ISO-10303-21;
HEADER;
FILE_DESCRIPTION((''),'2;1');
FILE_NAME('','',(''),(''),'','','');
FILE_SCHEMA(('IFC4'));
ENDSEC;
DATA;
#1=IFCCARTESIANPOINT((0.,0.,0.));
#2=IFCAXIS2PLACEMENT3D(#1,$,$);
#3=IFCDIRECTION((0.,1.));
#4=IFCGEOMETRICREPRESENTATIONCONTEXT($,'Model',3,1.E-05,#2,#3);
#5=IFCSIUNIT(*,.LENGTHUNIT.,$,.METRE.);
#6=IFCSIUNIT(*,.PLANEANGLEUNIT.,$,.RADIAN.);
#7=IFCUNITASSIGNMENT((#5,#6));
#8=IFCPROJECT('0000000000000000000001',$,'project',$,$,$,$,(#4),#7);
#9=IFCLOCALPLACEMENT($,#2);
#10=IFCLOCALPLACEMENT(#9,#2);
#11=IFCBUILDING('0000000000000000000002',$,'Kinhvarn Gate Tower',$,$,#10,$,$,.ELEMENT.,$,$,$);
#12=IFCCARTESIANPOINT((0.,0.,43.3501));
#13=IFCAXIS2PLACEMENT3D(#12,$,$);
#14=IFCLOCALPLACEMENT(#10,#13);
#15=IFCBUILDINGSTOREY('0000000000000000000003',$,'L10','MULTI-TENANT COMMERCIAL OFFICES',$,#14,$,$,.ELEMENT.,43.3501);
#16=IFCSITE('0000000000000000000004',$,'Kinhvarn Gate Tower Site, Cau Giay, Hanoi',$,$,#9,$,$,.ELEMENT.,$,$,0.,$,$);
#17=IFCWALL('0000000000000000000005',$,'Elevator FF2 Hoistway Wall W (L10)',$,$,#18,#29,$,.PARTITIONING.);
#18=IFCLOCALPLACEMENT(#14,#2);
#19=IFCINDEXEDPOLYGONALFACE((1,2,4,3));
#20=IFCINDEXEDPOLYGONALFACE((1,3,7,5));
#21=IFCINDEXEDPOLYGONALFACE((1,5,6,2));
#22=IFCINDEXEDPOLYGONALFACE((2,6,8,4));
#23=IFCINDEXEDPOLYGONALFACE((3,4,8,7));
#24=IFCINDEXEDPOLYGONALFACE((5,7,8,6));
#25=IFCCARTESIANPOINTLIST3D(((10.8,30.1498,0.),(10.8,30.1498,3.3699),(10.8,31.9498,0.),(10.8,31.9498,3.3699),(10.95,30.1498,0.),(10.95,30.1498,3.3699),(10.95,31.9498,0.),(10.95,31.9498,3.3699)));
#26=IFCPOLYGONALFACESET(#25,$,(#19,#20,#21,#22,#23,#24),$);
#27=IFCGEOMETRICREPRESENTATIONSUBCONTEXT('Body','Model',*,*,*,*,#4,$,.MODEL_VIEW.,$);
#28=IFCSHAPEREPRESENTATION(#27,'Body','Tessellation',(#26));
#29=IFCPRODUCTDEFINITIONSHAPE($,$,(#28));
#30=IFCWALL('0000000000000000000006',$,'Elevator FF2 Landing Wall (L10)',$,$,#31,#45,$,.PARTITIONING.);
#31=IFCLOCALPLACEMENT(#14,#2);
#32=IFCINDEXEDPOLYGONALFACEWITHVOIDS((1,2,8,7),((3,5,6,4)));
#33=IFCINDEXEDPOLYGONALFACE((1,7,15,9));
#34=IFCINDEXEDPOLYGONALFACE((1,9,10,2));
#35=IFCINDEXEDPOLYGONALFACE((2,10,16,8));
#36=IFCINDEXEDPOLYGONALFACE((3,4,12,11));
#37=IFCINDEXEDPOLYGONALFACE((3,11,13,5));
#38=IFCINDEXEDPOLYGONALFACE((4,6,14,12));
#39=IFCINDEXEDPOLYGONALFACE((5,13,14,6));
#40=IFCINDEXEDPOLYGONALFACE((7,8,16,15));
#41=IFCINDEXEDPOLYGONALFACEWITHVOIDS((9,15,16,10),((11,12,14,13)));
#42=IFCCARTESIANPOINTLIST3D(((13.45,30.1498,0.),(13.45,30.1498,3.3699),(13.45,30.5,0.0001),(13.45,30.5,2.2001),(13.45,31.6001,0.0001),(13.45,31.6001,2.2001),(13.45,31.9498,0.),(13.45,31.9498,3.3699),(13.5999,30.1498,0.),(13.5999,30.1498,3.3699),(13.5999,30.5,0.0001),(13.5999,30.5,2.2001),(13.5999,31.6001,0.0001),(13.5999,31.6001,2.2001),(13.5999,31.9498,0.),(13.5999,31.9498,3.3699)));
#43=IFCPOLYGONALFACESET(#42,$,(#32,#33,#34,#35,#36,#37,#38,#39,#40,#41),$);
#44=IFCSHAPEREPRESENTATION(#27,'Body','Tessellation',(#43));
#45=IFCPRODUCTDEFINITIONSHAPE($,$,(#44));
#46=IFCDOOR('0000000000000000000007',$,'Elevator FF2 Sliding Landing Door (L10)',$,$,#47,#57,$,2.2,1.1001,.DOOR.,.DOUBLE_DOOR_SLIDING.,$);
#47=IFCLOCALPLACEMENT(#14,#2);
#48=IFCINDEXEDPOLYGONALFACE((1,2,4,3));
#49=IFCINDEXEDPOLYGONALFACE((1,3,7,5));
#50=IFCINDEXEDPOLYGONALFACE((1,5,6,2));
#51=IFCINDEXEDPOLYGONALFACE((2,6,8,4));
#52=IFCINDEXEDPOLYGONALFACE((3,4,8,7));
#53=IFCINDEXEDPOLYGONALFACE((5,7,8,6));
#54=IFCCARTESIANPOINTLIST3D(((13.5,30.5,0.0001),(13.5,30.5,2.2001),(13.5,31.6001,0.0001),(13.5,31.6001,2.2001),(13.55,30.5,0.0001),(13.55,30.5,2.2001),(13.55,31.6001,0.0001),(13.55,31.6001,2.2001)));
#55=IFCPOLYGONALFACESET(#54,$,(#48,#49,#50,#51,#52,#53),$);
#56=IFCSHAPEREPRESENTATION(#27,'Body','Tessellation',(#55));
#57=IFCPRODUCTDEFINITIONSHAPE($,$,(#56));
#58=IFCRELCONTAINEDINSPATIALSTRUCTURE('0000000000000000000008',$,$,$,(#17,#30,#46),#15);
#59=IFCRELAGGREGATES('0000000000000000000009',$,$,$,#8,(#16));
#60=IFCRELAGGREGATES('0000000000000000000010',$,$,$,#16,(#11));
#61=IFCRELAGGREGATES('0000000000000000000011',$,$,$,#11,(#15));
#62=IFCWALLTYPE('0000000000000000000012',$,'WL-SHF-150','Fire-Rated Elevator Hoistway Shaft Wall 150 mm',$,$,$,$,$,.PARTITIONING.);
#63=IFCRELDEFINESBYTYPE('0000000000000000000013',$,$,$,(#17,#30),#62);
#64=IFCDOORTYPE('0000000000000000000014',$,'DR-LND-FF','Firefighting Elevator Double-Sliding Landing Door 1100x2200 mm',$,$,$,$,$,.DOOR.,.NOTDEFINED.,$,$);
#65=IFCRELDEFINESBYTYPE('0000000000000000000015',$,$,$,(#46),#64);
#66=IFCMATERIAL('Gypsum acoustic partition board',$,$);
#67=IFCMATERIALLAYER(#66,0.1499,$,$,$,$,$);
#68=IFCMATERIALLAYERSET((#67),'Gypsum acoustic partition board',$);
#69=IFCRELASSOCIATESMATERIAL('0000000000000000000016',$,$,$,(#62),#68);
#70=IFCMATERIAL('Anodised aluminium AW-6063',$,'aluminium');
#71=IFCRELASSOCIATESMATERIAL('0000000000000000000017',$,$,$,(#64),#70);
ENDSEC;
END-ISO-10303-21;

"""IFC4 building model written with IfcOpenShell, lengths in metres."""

from ifc_helpers import new_model, si_unit, direction, frame, frame_2d, origin, place, context, subcontext, project, spatial, rectangle, extrude, material, layer, layer_set, type_object, element, fill, save


model = new_model("IFC4")

# Units and contexts
model_context = context("Model", 3, precision=1e-05, world=origin(), true_north=direction((0.0, 1.0)))
body_context = subcontext(model_context, "Body", "Model", "MODEL_VIEW")
ifc_project = project(units=[si_unit("LENGTHUNIT", "METRE"), si_unit("PLANEANGLEUNIT", "RADIAN")], contexts=[model_context])

# Site, building, storey
site_placement = place(None, origin())
site = spatial("IfcSite", under=ifc_project, at=site_placement, Name="Kinhvarn Gate Tower Site, Cau Giay, Hanoi", CompositionType="ELEMENT", RefElevation=0.0)
building_placement = place(site_placement, origin())
building = spatial("IfcBuilding", under=site, at=building_placement, Name="Kinhvarn Gate Tower", CompositionType="ELEMENT")
storey_placement = place(building_placement, frame((0.0, 0.0, 43.3501)))
storey = spatial("IfcBuildingStorey", under=building, at=storey_placement, Name="L10", Description="MULTI-TENANT COMMERCIAL OFFICES", CompositionType="ELEMENT", Elevation=43.3501)

# Shared definitions
ifc_material_1 = material(Name="Anodised aluminium AW-6063", Category="aluminium")
ifc_material_2 = material(Name="Gypsum acoustic partition board")

# Shared definitions
ifc_layer_1 = layer(ifc_material_2, 0.1499)
ifc_layer_set_1 = layer_set([ifc_layer_1], Name="Gypsum acoustic partition board")
wall_type_1 = type_object("IfcWallType", Name="WL-SHF-150", Description="Fire-Rated Elevator Hoistway Shaft Wall 150 mm", PredefinedType="PARTITIONING", material=ifc_layer_set_1)

# Wall
wall_1_placement = place(storey_placement, frame((10.875, 30.1499, 0.0), z_axis=(0.0, 0.0, 1.0), x_axis=(0.0, 1.0, 0.0)))
element("IfcWall", 1, at=wall_1_placement, inside=storey, type_object=wall_type_1, Name="Elevator FF2 Hoistway Wall W (L10)", PredefinedType="PARTITIONING", context=body_context, shape_type="SweptSolid", body=[
    extrude(rectangle(XDim=1.8, YDim=0.1499, at=frame_2d((0.8999, 0.0))), origin(), (0.0, 0.0, 1.0), 3.3699),
])

# Wall, opening, door
wall_2_placement = place(storey_placement, frame((13.5249, 30.1499, 0.0), z_axis=(0.0, 0.0, 1.0), x_axis=(0.0, 1.0, 0.0)))
wall_2 = element("IfcWall", 2, at=wall_2_placement, inside=storey, type_object=wall_type_1, Name="Elevator FF2 Landing Wall (L10)", PredefinedType="PARTITIONING", context=body_context, shape_type="SweptSolid", body=[
    extrude(rectangle(XDim=1.8, YDim=0.1499, at=frame_2d((0.8999, 0.0))), origin(), (0.0, 0.0, 1.0), 3.3699),
])
opening_1_placement = place(wall_2_placement, frame((0.3501, 0.0, 0.0)))
opening_1 = element("IfcOpeningElement", 3, at=opening_1_placement, cuts=wall_2, PredefinedType="OPENING", context=body_context, shape_type="SweptSolid", body=[
    extrude(rectangle(XDim=1.1001, YDim=2.2, at=frame_2d((0.55, 1.1001))), frame((0.0, 0.085, 0.0), z_axis=(0.0, -1.0, 0.0), x_axis=(1.0, 0.0, 0.0)), (0.0, 0.0, 1.0), 0.1699),
])
door_type_1 = type_object("IfcDoorType", Name="DR-LND-FF", Description="Firefighting Elevator Double-Sliding Landing Door 1100x2200 mm", OperationType="NOTDEFINED", PredefinedType="DOOR", material=ifc_material_1)
door_1_placement = place(opening_1_placement, origin())
door_1 = element("IfcDoor", 4, at=door_1_placement, inside=storey, type_object=door_type_1, Name="Elevator FF2 Sliding Landing Door (L10)", OperationType="DOUBLE_DOOR_SLIDING", OverallHeight=2.2, OverallWidth=1.1001, PredefinedType="DOOR", context=body_context, shape_type="SweptSolid", body=[
    extrude(rectangle(XDim=1.1001, YDim=2.2, at=frame_2d((0.55, 1.1001))), frame((0.0, 0.0249, 0.0), z_axis=(0.0, -1.0, 0.0), x_axis=(1.0, 0.0, 0.0)), (0.0, 0.0, 1.0), 0.05),
])
fill(opening_1, door_1)

save(model, "model.ifc")
